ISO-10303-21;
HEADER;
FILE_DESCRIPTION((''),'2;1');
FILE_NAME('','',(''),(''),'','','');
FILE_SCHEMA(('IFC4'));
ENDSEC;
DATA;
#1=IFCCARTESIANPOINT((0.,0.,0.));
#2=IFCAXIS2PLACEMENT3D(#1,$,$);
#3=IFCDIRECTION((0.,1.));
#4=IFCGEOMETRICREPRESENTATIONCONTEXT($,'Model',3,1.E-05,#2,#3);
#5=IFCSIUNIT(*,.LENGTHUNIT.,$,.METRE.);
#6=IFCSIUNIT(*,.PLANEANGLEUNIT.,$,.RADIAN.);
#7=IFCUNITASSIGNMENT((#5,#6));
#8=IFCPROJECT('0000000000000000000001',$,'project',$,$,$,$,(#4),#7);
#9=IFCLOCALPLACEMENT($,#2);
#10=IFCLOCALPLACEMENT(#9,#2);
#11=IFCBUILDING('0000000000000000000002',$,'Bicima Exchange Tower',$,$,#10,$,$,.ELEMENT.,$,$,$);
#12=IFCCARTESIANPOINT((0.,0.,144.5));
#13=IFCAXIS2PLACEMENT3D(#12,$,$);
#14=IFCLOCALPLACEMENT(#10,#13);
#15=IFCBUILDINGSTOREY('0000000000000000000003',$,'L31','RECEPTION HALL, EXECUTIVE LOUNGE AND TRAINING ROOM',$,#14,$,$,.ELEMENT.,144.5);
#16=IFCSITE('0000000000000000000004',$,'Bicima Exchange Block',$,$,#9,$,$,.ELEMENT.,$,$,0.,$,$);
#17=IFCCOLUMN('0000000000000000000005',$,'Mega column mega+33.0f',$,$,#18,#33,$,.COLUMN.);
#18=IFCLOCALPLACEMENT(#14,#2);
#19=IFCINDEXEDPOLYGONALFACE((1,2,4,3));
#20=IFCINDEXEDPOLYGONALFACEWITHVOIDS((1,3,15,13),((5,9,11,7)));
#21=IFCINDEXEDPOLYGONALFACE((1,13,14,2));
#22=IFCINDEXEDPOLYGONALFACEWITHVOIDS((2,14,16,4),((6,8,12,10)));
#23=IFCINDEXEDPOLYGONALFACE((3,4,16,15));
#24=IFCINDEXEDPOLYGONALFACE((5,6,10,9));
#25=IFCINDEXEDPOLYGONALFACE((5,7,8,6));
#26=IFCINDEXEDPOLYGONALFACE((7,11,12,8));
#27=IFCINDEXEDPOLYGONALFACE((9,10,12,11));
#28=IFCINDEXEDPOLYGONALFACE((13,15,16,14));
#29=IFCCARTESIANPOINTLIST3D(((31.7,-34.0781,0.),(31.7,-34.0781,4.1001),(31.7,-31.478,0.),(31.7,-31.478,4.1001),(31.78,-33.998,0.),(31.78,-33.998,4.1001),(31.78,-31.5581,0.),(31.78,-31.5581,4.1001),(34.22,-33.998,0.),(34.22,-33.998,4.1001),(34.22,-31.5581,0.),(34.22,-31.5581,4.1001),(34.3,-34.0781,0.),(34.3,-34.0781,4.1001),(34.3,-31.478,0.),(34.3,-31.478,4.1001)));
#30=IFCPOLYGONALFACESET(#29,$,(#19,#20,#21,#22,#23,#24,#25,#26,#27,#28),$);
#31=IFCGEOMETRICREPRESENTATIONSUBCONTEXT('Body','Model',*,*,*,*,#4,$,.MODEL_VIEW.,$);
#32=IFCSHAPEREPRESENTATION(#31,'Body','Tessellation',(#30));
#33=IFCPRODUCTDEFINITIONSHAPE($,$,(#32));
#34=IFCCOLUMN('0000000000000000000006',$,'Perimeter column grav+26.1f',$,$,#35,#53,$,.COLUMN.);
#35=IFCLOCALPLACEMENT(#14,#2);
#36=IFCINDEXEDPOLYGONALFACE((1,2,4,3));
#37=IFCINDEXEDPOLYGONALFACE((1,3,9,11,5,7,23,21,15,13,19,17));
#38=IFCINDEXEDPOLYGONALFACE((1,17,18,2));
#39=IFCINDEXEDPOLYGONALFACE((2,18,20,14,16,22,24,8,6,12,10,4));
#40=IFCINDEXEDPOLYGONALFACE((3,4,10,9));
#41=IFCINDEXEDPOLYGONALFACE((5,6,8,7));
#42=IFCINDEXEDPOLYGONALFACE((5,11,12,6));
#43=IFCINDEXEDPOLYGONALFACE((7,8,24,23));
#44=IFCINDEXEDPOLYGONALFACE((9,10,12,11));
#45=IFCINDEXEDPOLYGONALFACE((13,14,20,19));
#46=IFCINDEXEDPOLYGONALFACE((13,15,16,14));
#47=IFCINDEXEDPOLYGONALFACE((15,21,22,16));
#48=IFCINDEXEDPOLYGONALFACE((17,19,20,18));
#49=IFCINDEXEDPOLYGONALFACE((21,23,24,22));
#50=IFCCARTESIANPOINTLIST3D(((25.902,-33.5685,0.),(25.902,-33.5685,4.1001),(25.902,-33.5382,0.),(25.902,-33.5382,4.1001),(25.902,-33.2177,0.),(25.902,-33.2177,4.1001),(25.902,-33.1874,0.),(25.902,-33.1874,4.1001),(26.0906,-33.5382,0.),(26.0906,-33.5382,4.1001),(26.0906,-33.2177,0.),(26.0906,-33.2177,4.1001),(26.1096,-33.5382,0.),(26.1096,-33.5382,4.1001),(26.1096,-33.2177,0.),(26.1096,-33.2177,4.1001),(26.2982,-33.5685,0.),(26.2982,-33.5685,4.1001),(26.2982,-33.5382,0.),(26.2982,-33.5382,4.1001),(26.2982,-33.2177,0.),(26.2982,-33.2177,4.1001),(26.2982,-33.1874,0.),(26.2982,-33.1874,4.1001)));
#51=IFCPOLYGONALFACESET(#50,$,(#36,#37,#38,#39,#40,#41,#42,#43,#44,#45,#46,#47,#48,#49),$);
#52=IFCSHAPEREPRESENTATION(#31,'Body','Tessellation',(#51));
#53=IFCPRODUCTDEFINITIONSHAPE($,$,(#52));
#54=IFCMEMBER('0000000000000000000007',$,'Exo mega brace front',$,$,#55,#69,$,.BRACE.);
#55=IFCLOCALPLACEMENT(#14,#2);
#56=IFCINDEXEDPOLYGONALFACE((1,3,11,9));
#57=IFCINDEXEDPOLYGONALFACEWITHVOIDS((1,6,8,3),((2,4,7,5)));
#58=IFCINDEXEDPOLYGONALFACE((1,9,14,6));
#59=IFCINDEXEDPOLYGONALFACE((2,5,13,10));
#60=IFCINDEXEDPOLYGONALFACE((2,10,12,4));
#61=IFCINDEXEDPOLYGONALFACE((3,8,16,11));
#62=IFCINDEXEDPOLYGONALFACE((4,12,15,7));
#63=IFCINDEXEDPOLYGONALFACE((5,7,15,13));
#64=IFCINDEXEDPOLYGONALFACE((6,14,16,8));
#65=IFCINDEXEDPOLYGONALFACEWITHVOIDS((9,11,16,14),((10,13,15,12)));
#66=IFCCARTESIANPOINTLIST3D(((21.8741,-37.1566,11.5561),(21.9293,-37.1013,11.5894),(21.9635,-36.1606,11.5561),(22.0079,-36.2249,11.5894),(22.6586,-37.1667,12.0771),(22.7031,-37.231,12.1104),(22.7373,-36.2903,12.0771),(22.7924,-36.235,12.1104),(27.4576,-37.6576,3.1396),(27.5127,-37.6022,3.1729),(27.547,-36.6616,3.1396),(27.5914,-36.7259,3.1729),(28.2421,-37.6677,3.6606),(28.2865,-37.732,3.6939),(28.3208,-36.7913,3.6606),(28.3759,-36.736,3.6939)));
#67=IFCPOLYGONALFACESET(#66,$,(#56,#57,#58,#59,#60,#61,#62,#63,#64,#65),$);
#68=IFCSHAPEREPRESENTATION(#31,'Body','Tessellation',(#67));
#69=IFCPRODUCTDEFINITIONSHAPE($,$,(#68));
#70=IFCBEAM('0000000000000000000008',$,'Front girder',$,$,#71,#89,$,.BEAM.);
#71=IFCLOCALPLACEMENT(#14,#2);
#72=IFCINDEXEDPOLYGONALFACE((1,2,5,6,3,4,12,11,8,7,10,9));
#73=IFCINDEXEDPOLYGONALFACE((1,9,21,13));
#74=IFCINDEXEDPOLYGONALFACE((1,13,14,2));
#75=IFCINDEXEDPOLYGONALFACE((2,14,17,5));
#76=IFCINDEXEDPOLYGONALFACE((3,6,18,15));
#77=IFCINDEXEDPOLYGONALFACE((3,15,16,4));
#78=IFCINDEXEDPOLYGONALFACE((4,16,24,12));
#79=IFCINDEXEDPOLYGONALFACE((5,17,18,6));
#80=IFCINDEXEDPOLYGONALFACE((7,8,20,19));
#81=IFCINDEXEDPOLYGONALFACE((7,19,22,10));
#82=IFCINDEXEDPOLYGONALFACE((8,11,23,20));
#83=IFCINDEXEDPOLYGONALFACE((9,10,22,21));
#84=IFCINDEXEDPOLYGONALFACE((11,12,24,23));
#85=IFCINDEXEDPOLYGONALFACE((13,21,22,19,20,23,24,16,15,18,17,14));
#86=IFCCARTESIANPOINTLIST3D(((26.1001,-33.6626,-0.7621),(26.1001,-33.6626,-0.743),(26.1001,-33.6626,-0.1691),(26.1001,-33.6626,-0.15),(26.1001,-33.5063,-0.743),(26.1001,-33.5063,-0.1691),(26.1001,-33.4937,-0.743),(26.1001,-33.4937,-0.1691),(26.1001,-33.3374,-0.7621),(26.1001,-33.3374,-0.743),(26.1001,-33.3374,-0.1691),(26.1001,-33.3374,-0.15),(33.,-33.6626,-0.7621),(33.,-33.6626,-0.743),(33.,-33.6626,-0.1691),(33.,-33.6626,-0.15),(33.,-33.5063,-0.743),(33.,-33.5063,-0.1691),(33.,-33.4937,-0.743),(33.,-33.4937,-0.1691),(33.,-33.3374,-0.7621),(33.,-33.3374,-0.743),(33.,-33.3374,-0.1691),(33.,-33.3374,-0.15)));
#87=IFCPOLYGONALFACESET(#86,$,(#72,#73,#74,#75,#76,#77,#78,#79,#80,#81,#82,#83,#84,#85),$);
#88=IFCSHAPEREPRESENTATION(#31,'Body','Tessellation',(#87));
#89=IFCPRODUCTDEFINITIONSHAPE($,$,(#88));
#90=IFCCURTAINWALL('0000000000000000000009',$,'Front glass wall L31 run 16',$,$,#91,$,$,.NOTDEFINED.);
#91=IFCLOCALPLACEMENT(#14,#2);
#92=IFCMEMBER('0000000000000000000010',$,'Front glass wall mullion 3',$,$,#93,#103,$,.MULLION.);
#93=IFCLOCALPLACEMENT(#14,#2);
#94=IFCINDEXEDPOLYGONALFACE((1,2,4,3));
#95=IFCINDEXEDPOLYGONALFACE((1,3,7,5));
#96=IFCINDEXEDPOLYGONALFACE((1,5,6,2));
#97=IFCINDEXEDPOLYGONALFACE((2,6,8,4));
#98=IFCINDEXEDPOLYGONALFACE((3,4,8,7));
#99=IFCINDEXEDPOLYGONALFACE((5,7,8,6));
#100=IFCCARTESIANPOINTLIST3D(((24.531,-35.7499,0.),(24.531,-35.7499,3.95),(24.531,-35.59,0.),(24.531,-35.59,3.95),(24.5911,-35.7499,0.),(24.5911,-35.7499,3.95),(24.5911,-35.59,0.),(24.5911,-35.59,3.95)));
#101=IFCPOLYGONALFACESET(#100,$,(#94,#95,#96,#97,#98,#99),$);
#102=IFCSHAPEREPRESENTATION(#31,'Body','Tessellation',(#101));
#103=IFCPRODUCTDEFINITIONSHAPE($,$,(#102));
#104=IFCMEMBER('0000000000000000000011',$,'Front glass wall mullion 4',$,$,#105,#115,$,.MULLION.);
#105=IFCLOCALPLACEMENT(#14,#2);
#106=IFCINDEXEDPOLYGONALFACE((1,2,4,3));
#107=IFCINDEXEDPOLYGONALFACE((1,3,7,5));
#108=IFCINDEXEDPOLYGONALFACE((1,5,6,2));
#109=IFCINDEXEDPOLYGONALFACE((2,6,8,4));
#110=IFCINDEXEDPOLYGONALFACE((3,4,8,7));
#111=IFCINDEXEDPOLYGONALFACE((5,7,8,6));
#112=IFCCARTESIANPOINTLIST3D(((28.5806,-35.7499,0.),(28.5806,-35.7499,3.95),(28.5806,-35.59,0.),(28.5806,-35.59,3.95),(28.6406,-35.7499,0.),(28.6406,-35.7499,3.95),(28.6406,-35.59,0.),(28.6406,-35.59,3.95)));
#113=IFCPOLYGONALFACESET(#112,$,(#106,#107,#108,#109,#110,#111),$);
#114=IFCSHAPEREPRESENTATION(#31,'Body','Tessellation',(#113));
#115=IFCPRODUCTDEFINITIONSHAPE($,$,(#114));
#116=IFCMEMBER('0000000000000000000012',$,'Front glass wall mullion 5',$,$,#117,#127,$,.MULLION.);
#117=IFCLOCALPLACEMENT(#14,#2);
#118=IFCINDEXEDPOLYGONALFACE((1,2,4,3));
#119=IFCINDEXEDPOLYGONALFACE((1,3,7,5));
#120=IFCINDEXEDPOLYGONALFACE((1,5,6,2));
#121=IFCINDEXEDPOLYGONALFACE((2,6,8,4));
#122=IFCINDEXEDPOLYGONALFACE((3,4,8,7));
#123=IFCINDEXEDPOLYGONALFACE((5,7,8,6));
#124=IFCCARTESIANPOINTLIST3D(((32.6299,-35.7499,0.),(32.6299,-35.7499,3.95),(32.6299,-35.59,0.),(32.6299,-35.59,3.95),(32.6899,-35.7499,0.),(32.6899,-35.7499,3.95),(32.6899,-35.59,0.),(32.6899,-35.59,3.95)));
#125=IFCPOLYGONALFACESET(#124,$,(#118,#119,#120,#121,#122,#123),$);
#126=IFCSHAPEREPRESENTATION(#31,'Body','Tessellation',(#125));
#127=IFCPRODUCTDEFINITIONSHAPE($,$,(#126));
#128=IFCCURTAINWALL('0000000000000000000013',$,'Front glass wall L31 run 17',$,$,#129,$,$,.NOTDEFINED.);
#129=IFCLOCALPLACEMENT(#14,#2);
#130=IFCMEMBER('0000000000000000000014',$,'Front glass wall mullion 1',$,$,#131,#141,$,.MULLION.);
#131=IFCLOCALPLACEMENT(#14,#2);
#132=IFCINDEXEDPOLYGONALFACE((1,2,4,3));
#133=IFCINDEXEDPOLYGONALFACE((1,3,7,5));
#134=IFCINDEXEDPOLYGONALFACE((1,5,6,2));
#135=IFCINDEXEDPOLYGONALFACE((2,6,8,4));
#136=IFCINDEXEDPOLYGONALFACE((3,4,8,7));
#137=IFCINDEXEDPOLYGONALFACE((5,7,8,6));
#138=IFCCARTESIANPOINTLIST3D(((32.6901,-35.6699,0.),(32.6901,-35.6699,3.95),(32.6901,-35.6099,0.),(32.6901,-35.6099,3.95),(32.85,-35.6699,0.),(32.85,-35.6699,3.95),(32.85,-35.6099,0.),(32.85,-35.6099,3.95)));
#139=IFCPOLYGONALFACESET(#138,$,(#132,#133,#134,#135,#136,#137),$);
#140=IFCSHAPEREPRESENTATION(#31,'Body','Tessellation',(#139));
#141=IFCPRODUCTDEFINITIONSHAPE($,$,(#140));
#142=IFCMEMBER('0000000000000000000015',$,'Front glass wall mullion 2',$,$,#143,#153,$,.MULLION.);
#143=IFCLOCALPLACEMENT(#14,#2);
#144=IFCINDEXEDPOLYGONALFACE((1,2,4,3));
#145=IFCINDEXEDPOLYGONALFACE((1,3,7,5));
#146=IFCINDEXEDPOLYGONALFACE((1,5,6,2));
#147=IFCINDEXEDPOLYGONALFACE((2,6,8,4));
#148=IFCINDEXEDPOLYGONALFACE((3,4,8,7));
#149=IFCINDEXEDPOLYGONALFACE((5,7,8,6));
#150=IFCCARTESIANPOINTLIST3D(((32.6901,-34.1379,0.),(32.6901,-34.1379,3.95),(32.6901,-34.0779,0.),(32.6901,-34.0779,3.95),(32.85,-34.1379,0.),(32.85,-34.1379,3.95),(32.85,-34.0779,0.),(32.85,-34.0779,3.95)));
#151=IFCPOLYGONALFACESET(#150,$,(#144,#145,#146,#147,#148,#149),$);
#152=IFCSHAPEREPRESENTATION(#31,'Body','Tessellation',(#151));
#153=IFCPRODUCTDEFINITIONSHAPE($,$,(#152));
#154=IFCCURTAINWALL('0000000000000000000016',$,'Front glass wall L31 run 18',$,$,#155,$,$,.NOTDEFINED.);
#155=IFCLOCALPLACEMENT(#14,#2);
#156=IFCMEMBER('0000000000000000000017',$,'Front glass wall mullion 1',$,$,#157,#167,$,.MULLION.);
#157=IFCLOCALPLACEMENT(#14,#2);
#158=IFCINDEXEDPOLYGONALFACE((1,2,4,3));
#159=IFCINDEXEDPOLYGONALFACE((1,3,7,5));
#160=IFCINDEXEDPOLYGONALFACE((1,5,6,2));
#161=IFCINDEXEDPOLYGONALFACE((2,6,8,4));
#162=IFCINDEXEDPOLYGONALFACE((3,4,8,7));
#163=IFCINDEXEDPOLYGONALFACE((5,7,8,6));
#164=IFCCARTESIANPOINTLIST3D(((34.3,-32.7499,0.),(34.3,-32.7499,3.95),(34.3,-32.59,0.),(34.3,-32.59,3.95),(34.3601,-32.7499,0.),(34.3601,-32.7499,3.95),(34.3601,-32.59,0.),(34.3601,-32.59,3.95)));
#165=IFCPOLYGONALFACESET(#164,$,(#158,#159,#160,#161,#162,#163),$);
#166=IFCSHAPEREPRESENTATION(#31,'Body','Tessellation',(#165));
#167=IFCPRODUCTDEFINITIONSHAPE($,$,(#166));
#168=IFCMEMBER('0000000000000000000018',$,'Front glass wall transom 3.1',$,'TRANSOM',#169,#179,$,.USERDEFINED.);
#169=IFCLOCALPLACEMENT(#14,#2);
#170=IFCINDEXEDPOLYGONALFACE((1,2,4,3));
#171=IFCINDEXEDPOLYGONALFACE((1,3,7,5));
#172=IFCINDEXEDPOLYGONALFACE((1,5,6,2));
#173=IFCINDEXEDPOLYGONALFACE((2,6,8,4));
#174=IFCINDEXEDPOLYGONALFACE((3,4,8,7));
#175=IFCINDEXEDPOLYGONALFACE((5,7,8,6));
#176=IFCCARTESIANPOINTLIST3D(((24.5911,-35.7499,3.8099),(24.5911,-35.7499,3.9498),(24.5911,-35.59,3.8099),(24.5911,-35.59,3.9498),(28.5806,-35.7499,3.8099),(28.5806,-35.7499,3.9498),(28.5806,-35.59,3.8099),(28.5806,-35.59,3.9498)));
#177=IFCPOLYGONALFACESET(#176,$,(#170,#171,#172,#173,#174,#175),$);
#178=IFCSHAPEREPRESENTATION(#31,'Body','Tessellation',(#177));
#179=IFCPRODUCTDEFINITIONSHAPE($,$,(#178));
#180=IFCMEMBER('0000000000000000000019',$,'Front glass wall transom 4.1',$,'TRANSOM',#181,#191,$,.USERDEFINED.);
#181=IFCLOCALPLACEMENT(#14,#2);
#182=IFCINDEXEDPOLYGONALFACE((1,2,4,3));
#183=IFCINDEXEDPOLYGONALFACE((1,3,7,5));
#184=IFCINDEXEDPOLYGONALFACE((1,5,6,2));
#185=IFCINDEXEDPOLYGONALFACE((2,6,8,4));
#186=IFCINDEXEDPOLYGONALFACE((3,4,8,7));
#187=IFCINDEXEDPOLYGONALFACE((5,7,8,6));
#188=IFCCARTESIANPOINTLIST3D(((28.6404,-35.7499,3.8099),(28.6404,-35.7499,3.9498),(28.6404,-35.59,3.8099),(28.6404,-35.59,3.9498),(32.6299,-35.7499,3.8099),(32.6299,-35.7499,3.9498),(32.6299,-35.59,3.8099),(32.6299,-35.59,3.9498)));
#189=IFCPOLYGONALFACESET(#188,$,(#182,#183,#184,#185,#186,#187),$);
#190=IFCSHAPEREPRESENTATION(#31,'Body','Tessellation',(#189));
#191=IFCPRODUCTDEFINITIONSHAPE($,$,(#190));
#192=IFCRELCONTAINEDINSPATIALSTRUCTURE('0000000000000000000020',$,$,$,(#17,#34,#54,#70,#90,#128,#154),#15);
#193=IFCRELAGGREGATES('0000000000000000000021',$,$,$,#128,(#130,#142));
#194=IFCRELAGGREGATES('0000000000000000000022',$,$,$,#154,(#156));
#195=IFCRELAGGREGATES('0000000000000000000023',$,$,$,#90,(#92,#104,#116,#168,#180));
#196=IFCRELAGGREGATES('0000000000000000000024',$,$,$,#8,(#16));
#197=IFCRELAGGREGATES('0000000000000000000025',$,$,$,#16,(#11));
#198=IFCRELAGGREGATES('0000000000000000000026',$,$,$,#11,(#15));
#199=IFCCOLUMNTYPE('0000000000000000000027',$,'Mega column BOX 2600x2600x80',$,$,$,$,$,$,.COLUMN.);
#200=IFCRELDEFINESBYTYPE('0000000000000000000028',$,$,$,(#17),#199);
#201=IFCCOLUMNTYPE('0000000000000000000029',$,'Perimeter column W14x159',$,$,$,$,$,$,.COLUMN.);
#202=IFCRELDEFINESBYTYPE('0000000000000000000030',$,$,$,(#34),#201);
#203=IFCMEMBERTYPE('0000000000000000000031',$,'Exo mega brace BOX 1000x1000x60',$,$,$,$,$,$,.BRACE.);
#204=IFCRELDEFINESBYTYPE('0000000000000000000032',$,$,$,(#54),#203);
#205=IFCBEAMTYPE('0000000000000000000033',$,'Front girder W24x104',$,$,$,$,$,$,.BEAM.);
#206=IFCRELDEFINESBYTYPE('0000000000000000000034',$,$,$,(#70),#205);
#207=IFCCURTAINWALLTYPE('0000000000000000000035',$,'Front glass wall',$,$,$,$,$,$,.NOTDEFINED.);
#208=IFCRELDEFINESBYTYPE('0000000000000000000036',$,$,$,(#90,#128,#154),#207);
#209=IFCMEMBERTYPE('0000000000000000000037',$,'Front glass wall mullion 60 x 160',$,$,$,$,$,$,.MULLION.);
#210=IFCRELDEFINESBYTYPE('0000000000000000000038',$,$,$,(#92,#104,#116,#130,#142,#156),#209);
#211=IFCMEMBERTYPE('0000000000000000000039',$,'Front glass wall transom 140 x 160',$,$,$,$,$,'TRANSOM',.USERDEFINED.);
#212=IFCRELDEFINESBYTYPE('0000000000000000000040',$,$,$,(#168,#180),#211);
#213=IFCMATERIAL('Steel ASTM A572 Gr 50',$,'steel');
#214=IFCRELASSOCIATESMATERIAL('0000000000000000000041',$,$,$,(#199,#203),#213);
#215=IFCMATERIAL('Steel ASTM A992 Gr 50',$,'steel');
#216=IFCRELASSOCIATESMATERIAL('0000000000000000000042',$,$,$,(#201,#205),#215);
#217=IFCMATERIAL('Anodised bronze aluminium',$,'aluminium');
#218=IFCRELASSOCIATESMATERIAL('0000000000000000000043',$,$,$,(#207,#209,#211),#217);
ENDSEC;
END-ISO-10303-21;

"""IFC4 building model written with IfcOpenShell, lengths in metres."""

from ifc_helpers import new_model, si_unit, direction, frame, origin, origin_2d, place, context, subcontext, project, spatial, rectangle, hollow_rectangle, i_section, extrude, material, material_profile, profile_set, type_object, element, aggregate, save


model = new_model("IFC4")

# Units and contexts
model_context = context("Model", 3, precision=1e-05, world=origin(), true_north=direction((0.0, 1.0)))
body_context = subcontext(model_context, "Body", "Model", "MODEL_VIEW")
ifc_project = project(units=[si_unit("LENGTHUNIT", "METRE"), si_unit("PLANEANGLEUNIT", "RADIAN")], contexts=[model_context])

# Site, building, storey
site_placement = place(None, origin())
site = spatial("IfcSite", under=ifc_project, at=site_placement, Name="Bicima Exchange Block", CompositionType="ELEMENT", RefElevation=0.0)
building_placement = place(site_placement, origin())
building = spatial("IfcBuilding", under=site, at=building_placement, Name="Bicima Exchange Tower", CompositionType="ELEMENT")
storey_placement = place(building_placement, frame((0.0, 0.0, 144.5)))
storey = spatial("IfcBuildingStorey", under=building, at=storey_placement, Name="L31", Description="RECEPTION HALL, EXECUTIVE LOUNGE AND TRAINING ROOM", CompositionType="ELEMENT", Elevation=144.5)

# Columns
ifc_material_1 = material(Name="Steel ASTM A572 Gr 50", Category="steel")
ifc_material_profile_1 = material_profile(ifc_material_1, hollow_rectangle(XDim=2.6001, YDim=2.6001, WallThickness=0.0801, at=origin_2d()))
ifc_profile_set_1 = profile_set([ifc_material_profile_1], Name="Steel ASTM A572 Gr 50")
column_type_1 = type_object("IfcColumnType", Name="Mega column BOX 2600x2600x80", PredefinedType="COLUMN", material=ifc_profile_set_1)
column_1_placement = place(storey_placement, frame((33.0, -32.7781, 0.0), z_axis=(0.0, 0.0, 1.0), x_axis=(1.0, 0.0, 0.0)))
element("IfcColumn", 1, at=column_1_placement, inside=storey, type_object=column_type_1, Name="Mega column mega+33.0f", PredefinedType="COLUMN", context=body_context, shape_type="SweptSolid", body=[
    extrude(hollow_rectangle(XDim=2.6001, YDim=2.6001, WallThickness=0.0801, at=origin_2d()), origin(), (0.0, 0.0, 1.0), 4.1001),
])
ifc_material_2 = material(Name="Steel ASTM A992 Gr 50", Category="steel")
ifc_material_profile_2 = material_profile(ifc_material_2, i_section(OverallWidth=0.3962, OverallDepth=0.3811, WebThickness=0.019, FlangeThickness=0.0303, at=origin_2d()))
ifc_profile_set_2 = profile_set([ifc_material_profile_2], Name="Steel ASTM A992 Gr 50")
column_type_2 = type_object("IfcColumnType", Name="Perimeter column W14x159", PredefinedType="COLUMN", material=ifc_profile_set_2)
column_2_placement = place(storey_placement, frame((26.1001, -33.3779, 0.0), z_axis=(0.0, 0.0, 1.0), x_axis=(1.0, 0.0, 0.0)))
element("IfcColumn", 2, at=column_2_placement, inside=storey, type_object=column_type_2, Name="Perimeter column grav+26.1f", PredefinedType="COLUMN", context=body_context, shape_type="SweptSolid", body=[
    extrude(i_section(OverallWidth=0.3962, OverallDepth=0.3811, WebThickness=0.019, FlangeThickness=0.0303, at=origin_2d()), origin(), (0.0, 0.0, 1.0), 4.1001),
])

# Member
ifc_material_profile_3 = material_profile(ifc_material_1, hollow_rectangle(XDim=1.0, YDim=1.0, WallThickness=0.0601, at=origin_2d()))
ifc_profile_set_3 = profile_set([ifc_material_profile_3], Name="Steel ASTM A572 Gr 50")
member_type_1 = type_object("IfcMemberType", Name="Exo mega brace BOX 1000x1000x60", PredefinedType="BRACE", material=ifc_profile_set_3)
member_1_placement = place(storey_placement, frame((27.9167, -37.1968, 3.4167), z_axis=(-0.552135, 0.04954, 0.832282), x_axis=(-0.089366, -0.995999, 0.0)))
element("IfcMember", 3, at=member_1_placement, inside=storey, type_object=member_type_1, Name="Exo mega brace front", PredefinedType="BRACE", context=body_context, shape_type="SweptSolid", body=[
    extrude(hollow_rectangle(XDim=1.0, YDim=1.0, WallThickness=0.0601, at=origin_2d()), origin(), (0.0, 0.0, 1.0), 10.1125),
])

# Beam
ifc_material_profile_4 = material_profile(ifc_material_2, i_section(OverallWidth=0.3252, OverallDepth=0.6121, WebThickness=0.0127, FlangeThickness=0.019, at=origin_2d()))
ifc_profile_set_4 = profile_set([ifc_material_profile_4], Name="Steel ASTM A992 Gr 50")
beam_type = type_object("IfcBeamType", Name="Front girder W24x104", PredefinedType="BEAM", material=ifc_profile_set_4)
beam_placement = place(storey_placement, frame((26.1001, -33.5, -0.4561), z_axis=(1.0, 0.0, 0.0), x_axis=(0.0, 1.0, 0.0)))
element("IfcBeam", 4, at=beam_placement, inside=storey, type_object=beam_type, Name="Front girder", PredefinedType="BEAM", context=body_context, shape_type="SweptSolid", body=[
    extrude(i_section(OverallWidth=0.3252, OverallDepth=0.6121, WebThickness=0.0127, FlangeThickness=0.019, at=origin_2d()), origin(), (0.0, 0.0, 1.0), 6.8999),
])

# Curtain walls, members
ifc_material_3 = material(Name="Anodised bronze aluminium", Category="aluminium")
curtain_wall_type = type_object("IfcCurtainWallType", Name="Front glass wall", PredefinedType="NOTDEFINED", material=ifc_material_3)
curtain_wall_1_placement = place(storey_placement, origin())
curtain_wall_1 = element("IfcCurtainWall", 5, at=curtain_wall_1_placement, inside=storey, type_object=curtain_wall_type, Name="Front glass wall L31 run 16", PredefinedType="NOTDEFINED")
ifc_material_profile_5 = material_profile(ifc_material_3, rectangle(XDim=0.1599, YDim=0.0601, at=origin_2d()))
ifc_profile_set_5 = profile_set([ifc_material_profile_5], Name="Anodised bronze aluminium")
member_type_2 = type_object("IfcMemberType", Name="Front glass wall mullion 60 x 160", PredefinedType="MULLION", material=ifc_profile_set_5)
member_2_placement = place(storey_placement, frame((24.561, -35.6699, 0.0), z_axis=(0.0, 0.0, 1.0), x_axis=(0.0, 1.0, 0.0)))
member_2 = element("IfcMember", 6, at=member_2_placement, type_object=member_type_2, Name="Front glass wall mullion 3", PredefinedType="MULLION", context=body_context, shape_type="SweptSolid", body=[
    extrude(rectangle(XDim=0.1599, YDim=0.0601, at=origin_2d()), origin(), (0.0, 0.0, 1.0), 3.95),
])
member_3_placement = place(storey_placement, frame((28.6106, -35.6699, 0.0), z_axis=(0.0, 0.0, 1.0), x_axis=(0.0, 1.0, 0.0)))
member_3 = element("IfcMember", 7, at=member_3_placement, type_object=member_type_2, Name="Front glass wall mullion 4", PredefinedType="MULLION", context=body_context, shape_type="SweptSolid", body=[
    extrude(rectangle(XDim=0.1599, YDim=0.0601, at=origin_2d()), origin(), (0.0, 0.0, 1.0), 3.95),
])
member_4_placement = place(storey_placement, frame((32.6599, -35.6699, 0.0), z_axis=(0.0, 0.0, 1.0), x_axis=(0.0, 1.0, 0.0)))
member_4 = element("IfcMember", 8, at=member_4_placement, type_object=member_type_2, Name="Front glass wall mullion 5", PredefinedType="MULLION", context=body_context, shape_type="SweptSolid", body=[
    extrude(rectangle(XDim=0.1599, YDim=0.0601, at=origin_2d()), origin(), (0.0, 0.0, 1.0), 3.95),
])
curtain_wall_2_placement = place(storey_placement, origin())
curtain_wall_2 = element("IfcCurtainWall", 9, at=curtain_wall_2_placement, inside=storey, type_object=curtain_wall_type, Name="Front glass wall L31 run 17", PredefinedType="NOTDEFINED")
member_5_placement = place(storey_placement, frame((32.77, -35.6399, 0.0), z_axis=(0.0, 0.0, 1.0), x_axis=(-1.0, 0.0, 0.0)))
member_5 = element("IfcMember", 10, at=member_5_placement, type_object=member_type_2, Name="Front glass wall mullion 1", PredefinedType="MULLION", context=body_context, shape_type="SweptSolid", body=[
    extrude(rectangle(XDim=0.1599, YDim=0.0601, at=origin_2d()), origin(), (0.0, 0.0, 1.0), 3.95),
])
member_6_placement = place(storey_placement, frame((32.77, -34.1079, 0.0), z_axis=(0.0, 0.0, 1.0), x_axis=(-1.0, 0.0, 0.0)))
member_6 = element("IfcMember", 11, at=member_6_placement, type_object=member_type_2, Name="Front glass wall mullion 2", PredefinedType="MULLION", context=body_context, shape_type="SweptSolid", body=[
    extrude(rectangle(XDim=0.1599, YDim=0.0601, at=origin_2d()), origin(), (0.0, 0.0, 1.0), 3.95),
])

# Curtain wall, member
curtain_wall_3_placement = place(storey_placement, origin())
curtain_wall_3 = element("IfcCurtainWall", 12, at=curtain_wall_3_placement, inside=storey, type_object=curtain_wall_type, Name="Front glass wall L31 run 18", PredefinedType="NOTDEFINED")
member_7_placement = place(storey_placement, frame((34.3301, -32.6699, 0.0), z_axis=(0.0, 0.0, 1.0), x_axis=(0.0, 1.0, 0.0)))
member_7 = element("IfcMember", 13, at=member_7_placement, type_object=member_type_2, Name="Front glass wall mullion 1", PredefinedType="MULLION", context=body_context, shape_type="SweptSolid", body=[
    extrude(rectangle(XDim=0.1599, YDim=0.0601, at=origin_2d()), origin(), (0.0, 0.0, 1.0), 3.95),
])

# Members
ifc_material_profile_6 = material_profile(ifc_material_3, rectangle(XDim=0.1599, YDim=0.1399, at=origin_2d()))
ifc_profile_set_6 = profile_set([ifc_material_profile_6], Name="Anodised bronze aluminium")
member_type_3 = type_object("IfcMemberType", Name="Front glass wall transom 140 x 160", ElementType="TRANSOM", PredefinedType="USERDEFINED", material=ifc_profile_set_6)
member_8_placement = place(storey_placement, frame((24.5911, -35.6699, 3.8799), z_axis=(1.0, 0.0, 0.0), x_axis=(0.0, 1.0, 0.0)))
member_8 = element("IfcMember", 14, at=member_8_placement, type_object=member_type_3, Name="Front glass wall transom 3.1", ObjectType="TRANSOM", PredefinedType="USERDEFINED", context=body_context, shape_type="SweptSolid", body=[
    extrude(rectangle(XDim=0.1599, YDim=0.1399, at=origin_2d()), origin(), (0.0, 0.0, 1.0), 3.9895),
])
member_9_placement = place(storey_placement, frame((28.6404, -35.6699, 3.8799), z_axis=(1.0, 0.0, 0.0), x_axis=(0.0, 1.0, 0.0)))
member_9 = element("IfcMember", 15, at=member_9_placement, type_object=member_type_3, Name="Front glass wall transom 4.1", ObjectType="TRANSOM", PredefinedType="USERDEFINED", context=body_context, shape_type="SweptSolid", body=[
    extrude(rectangle(XDim=0.1599, YDim=0.1399, at=origin_2d()), origin(), (0.0, 0.0, 1.0), 3.9895),
])

aggregate(curtain_wall_2, [member_5, member_6])
aggregate(curtain_wall_3, [member_7])
aggregate(curtain_wall_1, [member_2, member_3, member_4, member_8, member_9])

save(model, "model.ifc")
